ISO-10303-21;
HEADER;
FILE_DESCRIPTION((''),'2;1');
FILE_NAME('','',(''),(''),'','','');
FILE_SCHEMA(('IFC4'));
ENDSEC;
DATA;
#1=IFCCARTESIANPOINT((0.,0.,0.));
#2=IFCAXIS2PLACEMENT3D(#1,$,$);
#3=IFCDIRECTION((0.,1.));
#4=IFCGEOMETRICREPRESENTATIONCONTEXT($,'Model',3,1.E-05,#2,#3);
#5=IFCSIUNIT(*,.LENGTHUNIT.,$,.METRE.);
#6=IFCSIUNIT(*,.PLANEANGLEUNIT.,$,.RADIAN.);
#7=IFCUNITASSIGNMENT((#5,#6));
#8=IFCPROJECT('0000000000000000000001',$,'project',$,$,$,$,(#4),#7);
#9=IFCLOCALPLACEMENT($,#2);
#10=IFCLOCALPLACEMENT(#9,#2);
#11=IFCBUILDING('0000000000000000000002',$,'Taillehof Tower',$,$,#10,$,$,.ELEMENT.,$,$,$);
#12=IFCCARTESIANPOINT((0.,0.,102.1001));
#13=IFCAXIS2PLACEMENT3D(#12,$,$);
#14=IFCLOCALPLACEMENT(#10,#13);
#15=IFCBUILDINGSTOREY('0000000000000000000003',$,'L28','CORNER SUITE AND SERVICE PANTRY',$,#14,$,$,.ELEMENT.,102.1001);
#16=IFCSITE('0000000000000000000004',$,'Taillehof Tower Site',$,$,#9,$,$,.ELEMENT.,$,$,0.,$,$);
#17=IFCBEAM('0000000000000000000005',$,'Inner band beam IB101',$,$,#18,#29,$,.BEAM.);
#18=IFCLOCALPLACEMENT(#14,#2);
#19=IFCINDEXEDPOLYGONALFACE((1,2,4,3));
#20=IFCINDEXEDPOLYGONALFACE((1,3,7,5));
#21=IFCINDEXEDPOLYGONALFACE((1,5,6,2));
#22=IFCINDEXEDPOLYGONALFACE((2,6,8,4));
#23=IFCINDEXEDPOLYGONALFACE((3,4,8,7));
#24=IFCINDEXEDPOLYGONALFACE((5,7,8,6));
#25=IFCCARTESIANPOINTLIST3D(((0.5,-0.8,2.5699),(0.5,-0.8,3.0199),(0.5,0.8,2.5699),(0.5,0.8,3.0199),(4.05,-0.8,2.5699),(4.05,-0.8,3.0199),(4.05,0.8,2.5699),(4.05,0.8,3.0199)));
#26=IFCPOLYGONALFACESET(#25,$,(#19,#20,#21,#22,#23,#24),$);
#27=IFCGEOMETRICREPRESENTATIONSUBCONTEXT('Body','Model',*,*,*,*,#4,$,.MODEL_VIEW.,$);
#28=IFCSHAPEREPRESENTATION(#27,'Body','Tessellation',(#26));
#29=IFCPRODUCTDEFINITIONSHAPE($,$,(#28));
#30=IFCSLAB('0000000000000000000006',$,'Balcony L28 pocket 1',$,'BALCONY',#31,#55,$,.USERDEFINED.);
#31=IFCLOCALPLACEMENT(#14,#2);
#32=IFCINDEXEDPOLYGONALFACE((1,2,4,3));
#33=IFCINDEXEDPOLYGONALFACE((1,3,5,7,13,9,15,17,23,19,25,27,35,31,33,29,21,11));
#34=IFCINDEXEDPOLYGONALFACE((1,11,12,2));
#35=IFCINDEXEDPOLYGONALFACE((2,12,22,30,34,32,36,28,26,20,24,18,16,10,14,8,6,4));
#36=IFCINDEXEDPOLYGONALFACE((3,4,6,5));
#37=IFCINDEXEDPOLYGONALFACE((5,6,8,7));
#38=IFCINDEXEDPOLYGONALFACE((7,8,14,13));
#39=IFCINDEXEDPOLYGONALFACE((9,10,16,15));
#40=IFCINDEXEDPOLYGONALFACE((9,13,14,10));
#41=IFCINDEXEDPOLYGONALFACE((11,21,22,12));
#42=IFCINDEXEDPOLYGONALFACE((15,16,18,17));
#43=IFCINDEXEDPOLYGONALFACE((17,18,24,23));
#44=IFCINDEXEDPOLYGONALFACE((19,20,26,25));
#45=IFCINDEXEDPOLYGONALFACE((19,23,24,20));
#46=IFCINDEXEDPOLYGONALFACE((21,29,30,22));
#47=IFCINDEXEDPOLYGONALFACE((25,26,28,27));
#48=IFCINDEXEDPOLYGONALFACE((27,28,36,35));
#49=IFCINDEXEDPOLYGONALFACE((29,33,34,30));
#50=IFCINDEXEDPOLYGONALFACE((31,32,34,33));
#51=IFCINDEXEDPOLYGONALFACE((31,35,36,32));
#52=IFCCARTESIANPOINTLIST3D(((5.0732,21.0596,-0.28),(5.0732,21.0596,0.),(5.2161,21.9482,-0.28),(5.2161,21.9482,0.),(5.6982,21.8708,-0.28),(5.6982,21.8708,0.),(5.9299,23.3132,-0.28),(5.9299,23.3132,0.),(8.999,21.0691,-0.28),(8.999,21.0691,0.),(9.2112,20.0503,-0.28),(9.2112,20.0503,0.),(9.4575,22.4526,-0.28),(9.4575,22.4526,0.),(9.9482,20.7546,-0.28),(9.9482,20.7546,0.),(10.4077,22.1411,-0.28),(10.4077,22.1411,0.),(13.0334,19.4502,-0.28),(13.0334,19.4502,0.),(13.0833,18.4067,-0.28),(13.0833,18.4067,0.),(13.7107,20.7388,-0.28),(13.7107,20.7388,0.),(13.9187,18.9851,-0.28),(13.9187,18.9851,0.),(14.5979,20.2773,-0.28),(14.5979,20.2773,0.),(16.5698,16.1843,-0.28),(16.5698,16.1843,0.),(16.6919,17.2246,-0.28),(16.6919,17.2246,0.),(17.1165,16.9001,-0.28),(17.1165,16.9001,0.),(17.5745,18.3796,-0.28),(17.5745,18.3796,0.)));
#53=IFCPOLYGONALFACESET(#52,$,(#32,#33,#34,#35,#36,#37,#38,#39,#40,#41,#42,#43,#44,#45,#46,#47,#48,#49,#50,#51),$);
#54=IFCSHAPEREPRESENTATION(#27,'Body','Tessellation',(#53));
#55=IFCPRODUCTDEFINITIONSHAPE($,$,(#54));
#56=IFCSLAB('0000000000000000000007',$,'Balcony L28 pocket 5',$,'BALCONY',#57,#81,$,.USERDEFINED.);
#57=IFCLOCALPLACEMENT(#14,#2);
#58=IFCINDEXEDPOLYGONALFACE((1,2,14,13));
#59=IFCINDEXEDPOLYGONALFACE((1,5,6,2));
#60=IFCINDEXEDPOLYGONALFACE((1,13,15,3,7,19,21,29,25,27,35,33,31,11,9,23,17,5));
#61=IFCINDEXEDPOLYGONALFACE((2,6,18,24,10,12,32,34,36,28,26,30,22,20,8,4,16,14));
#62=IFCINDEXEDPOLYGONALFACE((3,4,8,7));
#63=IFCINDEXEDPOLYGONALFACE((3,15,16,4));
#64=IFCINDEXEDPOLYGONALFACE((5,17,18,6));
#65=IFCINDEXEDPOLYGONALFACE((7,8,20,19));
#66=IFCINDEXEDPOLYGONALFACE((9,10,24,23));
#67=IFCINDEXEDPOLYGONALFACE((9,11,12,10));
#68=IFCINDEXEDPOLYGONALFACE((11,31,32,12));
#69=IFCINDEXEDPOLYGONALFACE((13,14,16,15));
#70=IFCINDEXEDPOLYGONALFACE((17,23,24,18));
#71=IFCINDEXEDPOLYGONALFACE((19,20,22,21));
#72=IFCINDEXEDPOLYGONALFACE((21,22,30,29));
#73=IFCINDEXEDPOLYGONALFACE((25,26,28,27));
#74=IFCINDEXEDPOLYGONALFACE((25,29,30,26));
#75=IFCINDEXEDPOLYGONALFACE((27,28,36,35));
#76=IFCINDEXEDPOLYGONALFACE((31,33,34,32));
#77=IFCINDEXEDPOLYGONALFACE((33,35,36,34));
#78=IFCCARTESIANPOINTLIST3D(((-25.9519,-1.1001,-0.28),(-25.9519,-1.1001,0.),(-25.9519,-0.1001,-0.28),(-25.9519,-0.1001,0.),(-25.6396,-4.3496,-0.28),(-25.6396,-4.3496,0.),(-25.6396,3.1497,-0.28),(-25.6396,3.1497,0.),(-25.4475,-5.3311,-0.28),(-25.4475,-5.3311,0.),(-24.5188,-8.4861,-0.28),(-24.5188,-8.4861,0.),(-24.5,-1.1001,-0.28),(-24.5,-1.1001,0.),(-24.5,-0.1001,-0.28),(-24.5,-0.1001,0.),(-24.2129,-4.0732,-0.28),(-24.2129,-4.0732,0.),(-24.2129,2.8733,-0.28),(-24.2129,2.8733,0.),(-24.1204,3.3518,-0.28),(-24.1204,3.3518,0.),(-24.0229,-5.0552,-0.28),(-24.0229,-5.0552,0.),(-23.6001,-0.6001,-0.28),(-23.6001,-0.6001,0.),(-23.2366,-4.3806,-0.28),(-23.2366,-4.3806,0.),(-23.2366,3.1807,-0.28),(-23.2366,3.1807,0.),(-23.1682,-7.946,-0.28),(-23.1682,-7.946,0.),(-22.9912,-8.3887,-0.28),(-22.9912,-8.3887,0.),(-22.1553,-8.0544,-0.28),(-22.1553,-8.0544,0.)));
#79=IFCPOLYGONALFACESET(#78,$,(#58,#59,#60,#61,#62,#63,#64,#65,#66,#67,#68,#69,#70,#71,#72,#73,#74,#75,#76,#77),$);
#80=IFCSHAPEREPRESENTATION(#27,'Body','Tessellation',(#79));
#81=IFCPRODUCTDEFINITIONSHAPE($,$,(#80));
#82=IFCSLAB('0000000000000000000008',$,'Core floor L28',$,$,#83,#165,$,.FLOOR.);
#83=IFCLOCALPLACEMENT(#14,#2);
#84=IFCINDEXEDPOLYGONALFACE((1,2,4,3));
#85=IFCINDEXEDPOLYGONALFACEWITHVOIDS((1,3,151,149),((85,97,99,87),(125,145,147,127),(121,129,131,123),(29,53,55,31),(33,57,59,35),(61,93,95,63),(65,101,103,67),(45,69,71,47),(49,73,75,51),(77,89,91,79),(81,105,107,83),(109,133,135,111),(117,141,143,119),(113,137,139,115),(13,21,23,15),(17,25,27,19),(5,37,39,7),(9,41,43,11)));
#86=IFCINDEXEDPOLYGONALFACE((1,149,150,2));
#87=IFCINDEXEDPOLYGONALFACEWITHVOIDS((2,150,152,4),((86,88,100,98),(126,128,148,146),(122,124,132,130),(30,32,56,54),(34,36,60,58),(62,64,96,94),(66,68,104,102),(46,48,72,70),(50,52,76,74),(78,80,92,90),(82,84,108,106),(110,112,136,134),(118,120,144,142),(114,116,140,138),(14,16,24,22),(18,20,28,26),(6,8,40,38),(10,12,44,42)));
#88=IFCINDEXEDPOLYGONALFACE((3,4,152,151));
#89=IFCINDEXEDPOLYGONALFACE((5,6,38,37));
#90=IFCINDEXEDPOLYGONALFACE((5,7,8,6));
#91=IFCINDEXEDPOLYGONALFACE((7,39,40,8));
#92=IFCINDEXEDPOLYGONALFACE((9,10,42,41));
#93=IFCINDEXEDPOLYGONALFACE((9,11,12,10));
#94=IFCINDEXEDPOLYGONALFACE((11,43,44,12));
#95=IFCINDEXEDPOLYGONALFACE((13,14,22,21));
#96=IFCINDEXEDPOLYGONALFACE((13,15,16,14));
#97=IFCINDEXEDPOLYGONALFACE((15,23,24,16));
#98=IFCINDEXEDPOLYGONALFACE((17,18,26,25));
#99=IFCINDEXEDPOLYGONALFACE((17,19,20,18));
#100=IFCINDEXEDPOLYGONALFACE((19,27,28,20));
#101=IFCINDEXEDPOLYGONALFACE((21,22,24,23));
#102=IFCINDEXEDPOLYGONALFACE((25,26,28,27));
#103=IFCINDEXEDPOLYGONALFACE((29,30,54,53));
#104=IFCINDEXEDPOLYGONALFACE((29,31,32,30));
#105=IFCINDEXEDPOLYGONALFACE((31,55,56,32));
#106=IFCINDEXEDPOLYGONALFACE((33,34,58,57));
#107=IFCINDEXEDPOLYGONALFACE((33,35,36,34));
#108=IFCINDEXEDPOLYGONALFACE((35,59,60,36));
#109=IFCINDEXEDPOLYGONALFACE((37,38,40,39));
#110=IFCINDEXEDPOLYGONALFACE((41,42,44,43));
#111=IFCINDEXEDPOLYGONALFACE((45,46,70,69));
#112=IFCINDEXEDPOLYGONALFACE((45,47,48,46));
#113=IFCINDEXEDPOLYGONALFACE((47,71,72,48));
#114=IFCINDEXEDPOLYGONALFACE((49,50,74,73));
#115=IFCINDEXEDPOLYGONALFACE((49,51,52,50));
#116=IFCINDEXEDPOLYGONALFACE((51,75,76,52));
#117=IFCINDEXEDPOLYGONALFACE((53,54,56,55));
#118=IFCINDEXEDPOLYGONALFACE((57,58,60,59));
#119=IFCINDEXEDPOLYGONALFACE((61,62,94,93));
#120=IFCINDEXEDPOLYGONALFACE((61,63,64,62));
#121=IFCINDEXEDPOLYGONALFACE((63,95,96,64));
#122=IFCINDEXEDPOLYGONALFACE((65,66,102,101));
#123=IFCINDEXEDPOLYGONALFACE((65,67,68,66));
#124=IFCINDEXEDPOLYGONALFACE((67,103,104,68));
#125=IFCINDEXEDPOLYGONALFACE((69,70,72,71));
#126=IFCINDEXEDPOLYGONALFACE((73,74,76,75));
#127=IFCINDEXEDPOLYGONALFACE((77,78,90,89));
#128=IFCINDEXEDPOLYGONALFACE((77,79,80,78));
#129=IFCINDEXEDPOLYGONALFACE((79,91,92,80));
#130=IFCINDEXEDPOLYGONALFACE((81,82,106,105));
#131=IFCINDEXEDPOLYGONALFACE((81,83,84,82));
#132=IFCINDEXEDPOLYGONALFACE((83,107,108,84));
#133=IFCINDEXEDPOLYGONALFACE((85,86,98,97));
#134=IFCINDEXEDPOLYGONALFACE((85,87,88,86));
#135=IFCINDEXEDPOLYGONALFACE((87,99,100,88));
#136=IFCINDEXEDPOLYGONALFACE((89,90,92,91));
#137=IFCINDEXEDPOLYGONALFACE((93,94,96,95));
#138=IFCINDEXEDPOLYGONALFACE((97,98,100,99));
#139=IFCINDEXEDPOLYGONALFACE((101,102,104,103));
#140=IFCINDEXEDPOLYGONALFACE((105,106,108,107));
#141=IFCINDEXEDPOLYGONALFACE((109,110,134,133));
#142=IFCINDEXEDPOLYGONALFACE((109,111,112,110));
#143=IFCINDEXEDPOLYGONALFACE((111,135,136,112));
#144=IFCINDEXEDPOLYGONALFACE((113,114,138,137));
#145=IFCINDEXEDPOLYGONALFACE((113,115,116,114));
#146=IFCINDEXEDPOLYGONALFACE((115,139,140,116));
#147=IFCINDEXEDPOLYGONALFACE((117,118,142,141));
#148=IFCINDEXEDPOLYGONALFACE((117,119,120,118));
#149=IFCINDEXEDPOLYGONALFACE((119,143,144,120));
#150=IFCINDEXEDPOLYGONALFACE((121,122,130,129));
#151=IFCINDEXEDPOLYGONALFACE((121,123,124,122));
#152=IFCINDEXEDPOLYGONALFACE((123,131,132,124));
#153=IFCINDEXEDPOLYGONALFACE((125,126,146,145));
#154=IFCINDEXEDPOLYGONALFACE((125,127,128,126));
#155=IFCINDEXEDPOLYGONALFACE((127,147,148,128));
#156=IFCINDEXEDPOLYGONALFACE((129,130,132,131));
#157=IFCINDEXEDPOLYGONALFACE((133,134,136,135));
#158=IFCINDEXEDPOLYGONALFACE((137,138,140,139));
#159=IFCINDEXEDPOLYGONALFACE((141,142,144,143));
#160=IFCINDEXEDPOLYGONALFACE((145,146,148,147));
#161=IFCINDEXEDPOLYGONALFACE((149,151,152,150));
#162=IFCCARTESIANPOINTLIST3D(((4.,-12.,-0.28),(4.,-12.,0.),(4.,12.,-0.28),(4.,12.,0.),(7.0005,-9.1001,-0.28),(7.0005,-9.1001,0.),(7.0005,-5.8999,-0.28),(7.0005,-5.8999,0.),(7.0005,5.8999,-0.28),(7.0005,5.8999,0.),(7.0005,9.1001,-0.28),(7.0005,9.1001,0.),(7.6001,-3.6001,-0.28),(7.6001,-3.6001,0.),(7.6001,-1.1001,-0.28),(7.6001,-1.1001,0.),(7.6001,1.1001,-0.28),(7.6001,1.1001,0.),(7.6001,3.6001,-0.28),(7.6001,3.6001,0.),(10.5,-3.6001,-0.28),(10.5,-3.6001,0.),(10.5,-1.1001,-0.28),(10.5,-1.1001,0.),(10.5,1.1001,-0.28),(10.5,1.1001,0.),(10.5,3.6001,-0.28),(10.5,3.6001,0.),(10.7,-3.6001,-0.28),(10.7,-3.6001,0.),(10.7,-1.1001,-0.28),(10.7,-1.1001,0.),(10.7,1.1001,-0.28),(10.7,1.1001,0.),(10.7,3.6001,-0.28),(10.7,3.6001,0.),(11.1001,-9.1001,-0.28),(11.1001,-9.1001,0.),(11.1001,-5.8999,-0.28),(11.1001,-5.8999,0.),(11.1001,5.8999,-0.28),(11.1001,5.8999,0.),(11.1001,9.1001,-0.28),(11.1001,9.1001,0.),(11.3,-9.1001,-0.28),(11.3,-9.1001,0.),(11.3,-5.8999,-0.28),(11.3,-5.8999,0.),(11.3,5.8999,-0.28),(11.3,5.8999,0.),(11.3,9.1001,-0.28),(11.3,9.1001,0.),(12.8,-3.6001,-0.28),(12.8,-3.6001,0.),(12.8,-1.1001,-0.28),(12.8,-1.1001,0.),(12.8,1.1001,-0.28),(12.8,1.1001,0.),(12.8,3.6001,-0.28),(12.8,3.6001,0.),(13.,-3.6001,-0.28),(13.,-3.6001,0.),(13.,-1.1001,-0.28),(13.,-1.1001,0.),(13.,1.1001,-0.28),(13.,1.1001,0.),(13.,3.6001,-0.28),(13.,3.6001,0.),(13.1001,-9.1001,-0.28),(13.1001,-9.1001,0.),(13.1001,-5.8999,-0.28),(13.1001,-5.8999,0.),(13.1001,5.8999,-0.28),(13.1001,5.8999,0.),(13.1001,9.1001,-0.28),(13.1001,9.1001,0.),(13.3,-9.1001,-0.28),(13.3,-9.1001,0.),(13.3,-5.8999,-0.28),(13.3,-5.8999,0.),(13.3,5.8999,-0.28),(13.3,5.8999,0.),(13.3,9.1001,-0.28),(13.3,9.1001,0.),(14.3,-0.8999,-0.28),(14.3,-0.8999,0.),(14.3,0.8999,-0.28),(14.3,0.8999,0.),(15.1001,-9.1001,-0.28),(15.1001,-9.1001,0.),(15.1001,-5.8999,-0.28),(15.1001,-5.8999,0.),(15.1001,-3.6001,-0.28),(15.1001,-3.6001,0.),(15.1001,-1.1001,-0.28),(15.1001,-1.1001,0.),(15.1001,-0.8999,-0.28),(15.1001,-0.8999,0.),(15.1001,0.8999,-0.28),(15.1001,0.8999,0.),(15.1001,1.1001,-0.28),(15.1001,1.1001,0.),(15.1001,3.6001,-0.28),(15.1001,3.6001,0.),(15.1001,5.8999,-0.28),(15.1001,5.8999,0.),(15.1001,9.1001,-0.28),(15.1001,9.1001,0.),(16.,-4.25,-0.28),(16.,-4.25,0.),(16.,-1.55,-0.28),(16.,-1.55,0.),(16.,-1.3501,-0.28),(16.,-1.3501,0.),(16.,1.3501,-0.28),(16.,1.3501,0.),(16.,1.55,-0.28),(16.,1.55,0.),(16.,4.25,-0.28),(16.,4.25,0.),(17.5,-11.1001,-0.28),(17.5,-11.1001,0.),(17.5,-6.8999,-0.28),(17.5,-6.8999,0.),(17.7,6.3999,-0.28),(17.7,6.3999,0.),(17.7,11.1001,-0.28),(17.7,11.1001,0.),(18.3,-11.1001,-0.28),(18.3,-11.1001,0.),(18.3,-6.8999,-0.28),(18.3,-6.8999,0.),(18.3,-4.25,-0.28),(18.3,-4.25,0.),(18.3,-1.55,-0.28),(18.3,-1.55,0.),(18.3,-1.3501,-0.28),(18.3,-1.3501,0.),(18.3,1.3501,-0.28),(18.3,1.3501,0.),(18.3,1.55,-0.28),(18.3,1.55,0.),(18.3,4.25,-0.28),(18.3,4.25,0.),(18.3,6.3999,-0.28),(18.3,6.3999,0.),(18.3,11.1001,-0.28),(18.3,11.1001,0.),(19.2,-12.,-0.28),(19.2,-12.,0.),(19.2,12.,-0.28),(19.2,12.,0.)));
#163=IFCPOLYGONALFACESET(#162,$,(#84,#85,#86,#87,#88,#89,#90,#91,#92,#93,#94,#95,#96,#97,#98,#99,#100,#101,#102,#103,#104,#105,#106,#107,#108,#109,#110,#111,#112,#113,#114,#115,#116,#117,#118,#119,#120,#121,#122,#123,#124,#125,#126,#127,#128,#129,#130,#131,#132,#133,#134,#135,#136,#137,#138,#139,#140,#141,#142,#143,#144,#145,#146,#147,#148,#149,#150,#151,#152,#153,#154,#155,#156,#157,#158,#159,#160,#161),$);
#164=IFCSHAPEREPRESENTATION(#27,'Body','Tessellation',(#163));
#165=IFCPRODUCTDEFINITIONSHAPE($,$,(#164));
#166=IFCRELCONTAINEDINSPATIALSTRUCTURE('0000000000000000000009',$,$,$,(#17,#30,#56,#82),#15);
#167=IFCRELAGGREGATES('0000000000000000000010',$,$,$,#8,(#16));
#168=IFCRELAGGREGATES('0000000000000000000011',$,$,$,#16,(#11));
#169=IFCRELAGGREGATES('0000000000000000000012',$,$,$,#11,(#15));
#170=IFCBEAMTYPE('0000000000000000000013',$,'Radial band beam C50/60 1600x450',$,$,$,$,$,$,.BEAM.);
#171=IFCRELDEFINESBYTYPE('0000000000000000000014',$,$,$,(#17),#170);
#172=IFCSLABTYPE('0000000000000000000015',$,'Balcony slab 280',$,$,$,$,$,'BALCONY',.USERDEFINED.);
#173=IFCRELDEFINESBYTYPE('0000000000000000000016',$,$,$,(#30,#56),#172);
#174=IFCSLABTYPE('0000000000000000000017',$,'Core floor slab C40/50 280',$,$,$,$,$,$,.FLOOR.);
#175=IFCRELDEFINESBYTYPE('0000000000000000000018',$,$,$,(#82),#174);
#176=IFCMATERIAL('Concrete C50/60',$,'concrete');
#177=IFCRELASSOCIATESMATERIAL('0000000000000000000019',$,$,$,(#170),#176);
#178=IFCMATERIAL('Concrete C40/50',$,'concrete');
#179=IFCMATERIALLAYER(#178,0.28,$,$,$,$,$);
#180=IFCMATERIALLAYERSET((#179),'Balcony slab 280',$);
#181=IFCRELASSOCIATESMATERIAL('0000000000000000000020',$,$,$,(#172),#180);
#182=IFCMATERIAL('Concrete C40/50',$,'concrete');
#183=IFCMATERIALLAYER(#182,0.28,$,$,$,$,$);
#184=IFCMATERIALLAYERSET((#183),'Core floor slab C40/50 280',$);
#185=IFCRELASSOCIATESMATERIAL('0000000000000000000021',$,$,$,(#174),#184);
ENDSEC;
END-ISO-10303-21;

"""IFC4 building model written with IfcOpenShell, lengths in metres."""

from ifc_helpers import new_model, si_unit, direction, frame, origin, origin_2d, place, context, subcontext, project, spatial, polyline, rectangle, outline, extrude, material, layer, layer_set, material_profile, profile_set, type_object, element, save


model = new_model("IFC4")

# Units and contexts
model_context = context("Model", 3, precision=1e-05, world=origin(), true_north=direction((0.0, 1.0)))
body_context = subcontext(model_context, "Body", "Model", "MODEL_VIEW")
ifc_project = project(units=[si_unit("LENGTHUNIT", "METRE"), si_unit("PLANEANGLEUNIT", "RADIAN")], contexts=[model_context])

# Site, building, storey
site_placement = place(None, origin())
site = spatial("IfcSite", under=ifc_project, at=site_placement, Name="Taillehof Tower Site", CompositionType="ELEMENT", RefElevation=0.0)
building_placement = place(site_placement, origin())
building = spatial("IfcBuilding", under=site, at=building_placement, Name="Taillehof Tower", CompositionType="ELEMENT")
storey_placement = place(building_placement, frame((0.0, 0.0, 102.1001)))
storey = spatial("IfcBuildingStorey", under=building, at=storey_placement, Name="L28", Description="CORNER SUITE AND SERVICE PANTRY", CompositionType="ELEMENT", Elevation=102.1001)

# Beam
ifc_material_1 = material(Name="Concrete C50/60", Category="concrete")
ifc_material_profile = material_profile(ifc_material_1, rectangle(XDim=1.6001, YDim=0.45, at=origin_2d()), Name="RC 1600x450")
ifc_profile_set = profile_set([ifc_material_profile], Name="Concrete C50/60")
beam_type = type_object("IfcBeamType", Name="Radial band beam C50/60 1600x450", PredefinedType="BEAM", material=ifc_profile_set)
beam_placement = place(storey_placement, frame((0.5, 0.0, 2.7949), z_axis=(1.0, 0.0, 0.0), x_axis=(0.0, 1.0, 0.0)))
element("IfcBeam", 1, at=beam_placement, inside=storey, type_object=beam_type, Name="Inner band beam IB101", PredefinedType="BEAM", context=body_context, shape_type="SweptSolid", body=[
    extrude(rectangle(XDim=1.6001, YDim=0.45, at=origin_2d()), origin(), (0.0, 0.0, 1.0), 3.55),
])

# Slabs
ifc_material_2 = material(Name="Concrete C40/50", Category="concrete")
ifc_layer_1 = layer(ifc_material_2, 0.28)
ifc_layer_set_1 = layer_set([ifc_layer_1], Name="Balcony slab 280")
slab_type_1 = type_object("IfcSlabType", Name="Balcony slab 280", ElementType="BALCONY", PredefinedType="USERDEFINED", material=ifc_layer_set_1)
slab_1_placement = place(storey_placement, frame((0.0, 0.0, -0.28)))
element("IfcSlab", 2, at=slab_1_placement, inside=storey, type_object=slab_type_1, Name="Balcony L28 pocket 1", ObjectType="BALCONY", PredefinedType="USERDEFINED", context=body_context, shape_type="SweptSolid", body=[
    extrude(outline(polyline([(5.0732, 21.0596), (5.2161, 21.9482), (5.6982, 21.8708), (5.9299, 23.3132), (9.4575, 22.4526), (8.999, 21.0691), (9.9482, 20.7546), (10.4077, 22.1411), (13.7107, 20.7388), (13.0334, 19.4502), (13.9187, 18.9851), (14.5979, 20.2773), (17.5745, 18.3796), (16.6919, 17.2246), (17.1165, 16.9001), (16.5698, 16.1843), (13.0833, 18.4067), (9.2112, 20.0503), (5.0732, 21.0596)])), origin(), (0.0, 0.0, 1.0), 0.28),
])
slab_2_placement = place(storey_placement, frame((0.0, 0.0, -0.28)))
element("IfcSlab", 3, at=slab_2_placement, inside=storey, type_object=slab_type_1, Name="Balcony L28 pocket 5", ObjectType="BALCONY", PredefinedType="USERDEFINED", context=body_context, shape_type="SweptSolid", body=[
    extrude(outline(polyline([(-22.1553, -8.0544), (-22.9912, -8.3887), (-23.1682, -7.946), (-24.5188, -8.4861), (-25.4475, -5.3311), (-24.0229, -5.0552), (-24.2129, -4.0732), (-25.6396, -4.3496), (-25.9519, -1.1001), (-24.5, -1.1001), (-24.5, -0.1001), (-25.9519, -0.1001), (-25.6396, 3.1497), (-24.2129, 2.8733), (-24.1204, 3.3518), (-23.2366, 3.1807), (-23.6001, -0.6001), (-23.2366, -4.3806), (-22.1553, -8.0544)])), origin(), (0.0, 0.0, 1.0), 0.28),
])
ifc_material_3 = material(Name="Concrete C40/50", Category="concrete")
ifc_layer_2 = layer(ifc_material_3, 0.28)
ifc_layer_set_2 = layer_set([ifc_layer_2], Name="Core floor slab C40/50 280")
slab_type_2 = type_object("IfcSlabType", Name="Core floor slab C40/50 280", PredefinedType="FLOOR", material=ifc_layer_set_2)
slab_3_placement = place(storey_placement, frame((0.0, 0.0, -0.28)))
element("IfcSlab", 4, at=slab_3_placement, inside=storey, type_object=slab_type_2, Name="Core floor L28", PredefinedType="FLOOR", context=body_context, shape_type="SweptSolid", body=[
    extrude(outline(polyline([(4.0, -12.0), (4.0, 12.0), (19.2, 12.0), (19.2, -12.0), (4.0, -12.0)]), holes=[polyline([(7.0005, -9.1001), (11.1001, -9.1001), (11.1001, -5.8999), (7.0005, -5.8999), (7.0005, -9.1001)]), polyline([(13.1001, -9.1001), (13.1001, -5.8999), (11.3, -5.8999), (11.3, -9.1001), (13.1001, -9.1001)]), polyline([(10.5, -3.6001), (10.5, -1.1001), (7.6001, -1.1001), (7.6001, -3.6001), (10.5, -3.6001)]), polyline([(12.8, -3.6001), (12.8, -1.1001), (10.7, -1.1001), (10.7, -3.6001), (12.8, -3.6001)]), polyline([(10.5, 1.1001), (10.5, 3.6001), (7.6001, 3.6001), (7.6001, 1.1001), (10.5, 1.1001)]), polyline([(12.8, 1.1001), (12.8, 3.6001), (10.7, 3.6001), (10.7, 1.1001), (12.8, 1.1001)]), polyline([(15.1001, 1.1001), (15.1001, 3.6001), (13.0, 3.6001), (13.0, 1.1001), (15.1001, 1.1001)]), polyline([(11.3, 5.8999), (13.1001, 5.8999), (13.1001, 9.1001), (11.3, 9.1001), (11.3, 5.8999)]), polyline([(7.0005, 5.8999), (11.1001, 5.8999), (11.1001, 9.1001), (7.0005, 9.1001), (7.0005, 5.8999)]), polyline([(18.3, -11.1001), (18.3, -6.8999), (17.5, -6.8999), (17.5, -11.1001), (18.3, -11.1001)]), polyline([(15.1001, -9.1001), (15.1001, -5.8999), (13.3, -5.8999), (13.3, -9.1001), (15.1001, -9.1001)]), polyline([(18.3, -4.25), (18.3, -1.55), (16.0, -1.55), (16.0, -4.25), (18.3, -4.25)]), polyline([(15.1001, -3.6001), (15.1001, -1.1001), (13.0, -1.1001), (13.0, -3.6001), (15.1001, -3.6001)]), polyline([(15.1001, -0.8999), (15.1001, 0.8999), (14.3, 0.8999), (14.3, -0.8999), (15.1001, -0.8999)]), polyline([(18.3, -1.3501), (18.3, 1.3501), (16.0, 1.3501), (16.0, -1.3501), (18.3, -1.3501)]), polyline([(18.3, 1.55), (18.3, 4.25), (16.0, 4.25), (16.0, 1.55), (18.3, 1.55)]), polyline([(13.3, 5.8999), (15.1001, 5.8999), (15.1001, 9.1001), (13.3, 9.1001), (13.3, 5.8999)]), polyline([(17.7, 6.3999), (18.3, 6.3999), (18.3, 11.1001), (17.7, 11.1001), (17.7, 6.3999)])]), origin(), (0.0, 0.0, 1.0), 0.28),
])

save(model, "model.ifc")
